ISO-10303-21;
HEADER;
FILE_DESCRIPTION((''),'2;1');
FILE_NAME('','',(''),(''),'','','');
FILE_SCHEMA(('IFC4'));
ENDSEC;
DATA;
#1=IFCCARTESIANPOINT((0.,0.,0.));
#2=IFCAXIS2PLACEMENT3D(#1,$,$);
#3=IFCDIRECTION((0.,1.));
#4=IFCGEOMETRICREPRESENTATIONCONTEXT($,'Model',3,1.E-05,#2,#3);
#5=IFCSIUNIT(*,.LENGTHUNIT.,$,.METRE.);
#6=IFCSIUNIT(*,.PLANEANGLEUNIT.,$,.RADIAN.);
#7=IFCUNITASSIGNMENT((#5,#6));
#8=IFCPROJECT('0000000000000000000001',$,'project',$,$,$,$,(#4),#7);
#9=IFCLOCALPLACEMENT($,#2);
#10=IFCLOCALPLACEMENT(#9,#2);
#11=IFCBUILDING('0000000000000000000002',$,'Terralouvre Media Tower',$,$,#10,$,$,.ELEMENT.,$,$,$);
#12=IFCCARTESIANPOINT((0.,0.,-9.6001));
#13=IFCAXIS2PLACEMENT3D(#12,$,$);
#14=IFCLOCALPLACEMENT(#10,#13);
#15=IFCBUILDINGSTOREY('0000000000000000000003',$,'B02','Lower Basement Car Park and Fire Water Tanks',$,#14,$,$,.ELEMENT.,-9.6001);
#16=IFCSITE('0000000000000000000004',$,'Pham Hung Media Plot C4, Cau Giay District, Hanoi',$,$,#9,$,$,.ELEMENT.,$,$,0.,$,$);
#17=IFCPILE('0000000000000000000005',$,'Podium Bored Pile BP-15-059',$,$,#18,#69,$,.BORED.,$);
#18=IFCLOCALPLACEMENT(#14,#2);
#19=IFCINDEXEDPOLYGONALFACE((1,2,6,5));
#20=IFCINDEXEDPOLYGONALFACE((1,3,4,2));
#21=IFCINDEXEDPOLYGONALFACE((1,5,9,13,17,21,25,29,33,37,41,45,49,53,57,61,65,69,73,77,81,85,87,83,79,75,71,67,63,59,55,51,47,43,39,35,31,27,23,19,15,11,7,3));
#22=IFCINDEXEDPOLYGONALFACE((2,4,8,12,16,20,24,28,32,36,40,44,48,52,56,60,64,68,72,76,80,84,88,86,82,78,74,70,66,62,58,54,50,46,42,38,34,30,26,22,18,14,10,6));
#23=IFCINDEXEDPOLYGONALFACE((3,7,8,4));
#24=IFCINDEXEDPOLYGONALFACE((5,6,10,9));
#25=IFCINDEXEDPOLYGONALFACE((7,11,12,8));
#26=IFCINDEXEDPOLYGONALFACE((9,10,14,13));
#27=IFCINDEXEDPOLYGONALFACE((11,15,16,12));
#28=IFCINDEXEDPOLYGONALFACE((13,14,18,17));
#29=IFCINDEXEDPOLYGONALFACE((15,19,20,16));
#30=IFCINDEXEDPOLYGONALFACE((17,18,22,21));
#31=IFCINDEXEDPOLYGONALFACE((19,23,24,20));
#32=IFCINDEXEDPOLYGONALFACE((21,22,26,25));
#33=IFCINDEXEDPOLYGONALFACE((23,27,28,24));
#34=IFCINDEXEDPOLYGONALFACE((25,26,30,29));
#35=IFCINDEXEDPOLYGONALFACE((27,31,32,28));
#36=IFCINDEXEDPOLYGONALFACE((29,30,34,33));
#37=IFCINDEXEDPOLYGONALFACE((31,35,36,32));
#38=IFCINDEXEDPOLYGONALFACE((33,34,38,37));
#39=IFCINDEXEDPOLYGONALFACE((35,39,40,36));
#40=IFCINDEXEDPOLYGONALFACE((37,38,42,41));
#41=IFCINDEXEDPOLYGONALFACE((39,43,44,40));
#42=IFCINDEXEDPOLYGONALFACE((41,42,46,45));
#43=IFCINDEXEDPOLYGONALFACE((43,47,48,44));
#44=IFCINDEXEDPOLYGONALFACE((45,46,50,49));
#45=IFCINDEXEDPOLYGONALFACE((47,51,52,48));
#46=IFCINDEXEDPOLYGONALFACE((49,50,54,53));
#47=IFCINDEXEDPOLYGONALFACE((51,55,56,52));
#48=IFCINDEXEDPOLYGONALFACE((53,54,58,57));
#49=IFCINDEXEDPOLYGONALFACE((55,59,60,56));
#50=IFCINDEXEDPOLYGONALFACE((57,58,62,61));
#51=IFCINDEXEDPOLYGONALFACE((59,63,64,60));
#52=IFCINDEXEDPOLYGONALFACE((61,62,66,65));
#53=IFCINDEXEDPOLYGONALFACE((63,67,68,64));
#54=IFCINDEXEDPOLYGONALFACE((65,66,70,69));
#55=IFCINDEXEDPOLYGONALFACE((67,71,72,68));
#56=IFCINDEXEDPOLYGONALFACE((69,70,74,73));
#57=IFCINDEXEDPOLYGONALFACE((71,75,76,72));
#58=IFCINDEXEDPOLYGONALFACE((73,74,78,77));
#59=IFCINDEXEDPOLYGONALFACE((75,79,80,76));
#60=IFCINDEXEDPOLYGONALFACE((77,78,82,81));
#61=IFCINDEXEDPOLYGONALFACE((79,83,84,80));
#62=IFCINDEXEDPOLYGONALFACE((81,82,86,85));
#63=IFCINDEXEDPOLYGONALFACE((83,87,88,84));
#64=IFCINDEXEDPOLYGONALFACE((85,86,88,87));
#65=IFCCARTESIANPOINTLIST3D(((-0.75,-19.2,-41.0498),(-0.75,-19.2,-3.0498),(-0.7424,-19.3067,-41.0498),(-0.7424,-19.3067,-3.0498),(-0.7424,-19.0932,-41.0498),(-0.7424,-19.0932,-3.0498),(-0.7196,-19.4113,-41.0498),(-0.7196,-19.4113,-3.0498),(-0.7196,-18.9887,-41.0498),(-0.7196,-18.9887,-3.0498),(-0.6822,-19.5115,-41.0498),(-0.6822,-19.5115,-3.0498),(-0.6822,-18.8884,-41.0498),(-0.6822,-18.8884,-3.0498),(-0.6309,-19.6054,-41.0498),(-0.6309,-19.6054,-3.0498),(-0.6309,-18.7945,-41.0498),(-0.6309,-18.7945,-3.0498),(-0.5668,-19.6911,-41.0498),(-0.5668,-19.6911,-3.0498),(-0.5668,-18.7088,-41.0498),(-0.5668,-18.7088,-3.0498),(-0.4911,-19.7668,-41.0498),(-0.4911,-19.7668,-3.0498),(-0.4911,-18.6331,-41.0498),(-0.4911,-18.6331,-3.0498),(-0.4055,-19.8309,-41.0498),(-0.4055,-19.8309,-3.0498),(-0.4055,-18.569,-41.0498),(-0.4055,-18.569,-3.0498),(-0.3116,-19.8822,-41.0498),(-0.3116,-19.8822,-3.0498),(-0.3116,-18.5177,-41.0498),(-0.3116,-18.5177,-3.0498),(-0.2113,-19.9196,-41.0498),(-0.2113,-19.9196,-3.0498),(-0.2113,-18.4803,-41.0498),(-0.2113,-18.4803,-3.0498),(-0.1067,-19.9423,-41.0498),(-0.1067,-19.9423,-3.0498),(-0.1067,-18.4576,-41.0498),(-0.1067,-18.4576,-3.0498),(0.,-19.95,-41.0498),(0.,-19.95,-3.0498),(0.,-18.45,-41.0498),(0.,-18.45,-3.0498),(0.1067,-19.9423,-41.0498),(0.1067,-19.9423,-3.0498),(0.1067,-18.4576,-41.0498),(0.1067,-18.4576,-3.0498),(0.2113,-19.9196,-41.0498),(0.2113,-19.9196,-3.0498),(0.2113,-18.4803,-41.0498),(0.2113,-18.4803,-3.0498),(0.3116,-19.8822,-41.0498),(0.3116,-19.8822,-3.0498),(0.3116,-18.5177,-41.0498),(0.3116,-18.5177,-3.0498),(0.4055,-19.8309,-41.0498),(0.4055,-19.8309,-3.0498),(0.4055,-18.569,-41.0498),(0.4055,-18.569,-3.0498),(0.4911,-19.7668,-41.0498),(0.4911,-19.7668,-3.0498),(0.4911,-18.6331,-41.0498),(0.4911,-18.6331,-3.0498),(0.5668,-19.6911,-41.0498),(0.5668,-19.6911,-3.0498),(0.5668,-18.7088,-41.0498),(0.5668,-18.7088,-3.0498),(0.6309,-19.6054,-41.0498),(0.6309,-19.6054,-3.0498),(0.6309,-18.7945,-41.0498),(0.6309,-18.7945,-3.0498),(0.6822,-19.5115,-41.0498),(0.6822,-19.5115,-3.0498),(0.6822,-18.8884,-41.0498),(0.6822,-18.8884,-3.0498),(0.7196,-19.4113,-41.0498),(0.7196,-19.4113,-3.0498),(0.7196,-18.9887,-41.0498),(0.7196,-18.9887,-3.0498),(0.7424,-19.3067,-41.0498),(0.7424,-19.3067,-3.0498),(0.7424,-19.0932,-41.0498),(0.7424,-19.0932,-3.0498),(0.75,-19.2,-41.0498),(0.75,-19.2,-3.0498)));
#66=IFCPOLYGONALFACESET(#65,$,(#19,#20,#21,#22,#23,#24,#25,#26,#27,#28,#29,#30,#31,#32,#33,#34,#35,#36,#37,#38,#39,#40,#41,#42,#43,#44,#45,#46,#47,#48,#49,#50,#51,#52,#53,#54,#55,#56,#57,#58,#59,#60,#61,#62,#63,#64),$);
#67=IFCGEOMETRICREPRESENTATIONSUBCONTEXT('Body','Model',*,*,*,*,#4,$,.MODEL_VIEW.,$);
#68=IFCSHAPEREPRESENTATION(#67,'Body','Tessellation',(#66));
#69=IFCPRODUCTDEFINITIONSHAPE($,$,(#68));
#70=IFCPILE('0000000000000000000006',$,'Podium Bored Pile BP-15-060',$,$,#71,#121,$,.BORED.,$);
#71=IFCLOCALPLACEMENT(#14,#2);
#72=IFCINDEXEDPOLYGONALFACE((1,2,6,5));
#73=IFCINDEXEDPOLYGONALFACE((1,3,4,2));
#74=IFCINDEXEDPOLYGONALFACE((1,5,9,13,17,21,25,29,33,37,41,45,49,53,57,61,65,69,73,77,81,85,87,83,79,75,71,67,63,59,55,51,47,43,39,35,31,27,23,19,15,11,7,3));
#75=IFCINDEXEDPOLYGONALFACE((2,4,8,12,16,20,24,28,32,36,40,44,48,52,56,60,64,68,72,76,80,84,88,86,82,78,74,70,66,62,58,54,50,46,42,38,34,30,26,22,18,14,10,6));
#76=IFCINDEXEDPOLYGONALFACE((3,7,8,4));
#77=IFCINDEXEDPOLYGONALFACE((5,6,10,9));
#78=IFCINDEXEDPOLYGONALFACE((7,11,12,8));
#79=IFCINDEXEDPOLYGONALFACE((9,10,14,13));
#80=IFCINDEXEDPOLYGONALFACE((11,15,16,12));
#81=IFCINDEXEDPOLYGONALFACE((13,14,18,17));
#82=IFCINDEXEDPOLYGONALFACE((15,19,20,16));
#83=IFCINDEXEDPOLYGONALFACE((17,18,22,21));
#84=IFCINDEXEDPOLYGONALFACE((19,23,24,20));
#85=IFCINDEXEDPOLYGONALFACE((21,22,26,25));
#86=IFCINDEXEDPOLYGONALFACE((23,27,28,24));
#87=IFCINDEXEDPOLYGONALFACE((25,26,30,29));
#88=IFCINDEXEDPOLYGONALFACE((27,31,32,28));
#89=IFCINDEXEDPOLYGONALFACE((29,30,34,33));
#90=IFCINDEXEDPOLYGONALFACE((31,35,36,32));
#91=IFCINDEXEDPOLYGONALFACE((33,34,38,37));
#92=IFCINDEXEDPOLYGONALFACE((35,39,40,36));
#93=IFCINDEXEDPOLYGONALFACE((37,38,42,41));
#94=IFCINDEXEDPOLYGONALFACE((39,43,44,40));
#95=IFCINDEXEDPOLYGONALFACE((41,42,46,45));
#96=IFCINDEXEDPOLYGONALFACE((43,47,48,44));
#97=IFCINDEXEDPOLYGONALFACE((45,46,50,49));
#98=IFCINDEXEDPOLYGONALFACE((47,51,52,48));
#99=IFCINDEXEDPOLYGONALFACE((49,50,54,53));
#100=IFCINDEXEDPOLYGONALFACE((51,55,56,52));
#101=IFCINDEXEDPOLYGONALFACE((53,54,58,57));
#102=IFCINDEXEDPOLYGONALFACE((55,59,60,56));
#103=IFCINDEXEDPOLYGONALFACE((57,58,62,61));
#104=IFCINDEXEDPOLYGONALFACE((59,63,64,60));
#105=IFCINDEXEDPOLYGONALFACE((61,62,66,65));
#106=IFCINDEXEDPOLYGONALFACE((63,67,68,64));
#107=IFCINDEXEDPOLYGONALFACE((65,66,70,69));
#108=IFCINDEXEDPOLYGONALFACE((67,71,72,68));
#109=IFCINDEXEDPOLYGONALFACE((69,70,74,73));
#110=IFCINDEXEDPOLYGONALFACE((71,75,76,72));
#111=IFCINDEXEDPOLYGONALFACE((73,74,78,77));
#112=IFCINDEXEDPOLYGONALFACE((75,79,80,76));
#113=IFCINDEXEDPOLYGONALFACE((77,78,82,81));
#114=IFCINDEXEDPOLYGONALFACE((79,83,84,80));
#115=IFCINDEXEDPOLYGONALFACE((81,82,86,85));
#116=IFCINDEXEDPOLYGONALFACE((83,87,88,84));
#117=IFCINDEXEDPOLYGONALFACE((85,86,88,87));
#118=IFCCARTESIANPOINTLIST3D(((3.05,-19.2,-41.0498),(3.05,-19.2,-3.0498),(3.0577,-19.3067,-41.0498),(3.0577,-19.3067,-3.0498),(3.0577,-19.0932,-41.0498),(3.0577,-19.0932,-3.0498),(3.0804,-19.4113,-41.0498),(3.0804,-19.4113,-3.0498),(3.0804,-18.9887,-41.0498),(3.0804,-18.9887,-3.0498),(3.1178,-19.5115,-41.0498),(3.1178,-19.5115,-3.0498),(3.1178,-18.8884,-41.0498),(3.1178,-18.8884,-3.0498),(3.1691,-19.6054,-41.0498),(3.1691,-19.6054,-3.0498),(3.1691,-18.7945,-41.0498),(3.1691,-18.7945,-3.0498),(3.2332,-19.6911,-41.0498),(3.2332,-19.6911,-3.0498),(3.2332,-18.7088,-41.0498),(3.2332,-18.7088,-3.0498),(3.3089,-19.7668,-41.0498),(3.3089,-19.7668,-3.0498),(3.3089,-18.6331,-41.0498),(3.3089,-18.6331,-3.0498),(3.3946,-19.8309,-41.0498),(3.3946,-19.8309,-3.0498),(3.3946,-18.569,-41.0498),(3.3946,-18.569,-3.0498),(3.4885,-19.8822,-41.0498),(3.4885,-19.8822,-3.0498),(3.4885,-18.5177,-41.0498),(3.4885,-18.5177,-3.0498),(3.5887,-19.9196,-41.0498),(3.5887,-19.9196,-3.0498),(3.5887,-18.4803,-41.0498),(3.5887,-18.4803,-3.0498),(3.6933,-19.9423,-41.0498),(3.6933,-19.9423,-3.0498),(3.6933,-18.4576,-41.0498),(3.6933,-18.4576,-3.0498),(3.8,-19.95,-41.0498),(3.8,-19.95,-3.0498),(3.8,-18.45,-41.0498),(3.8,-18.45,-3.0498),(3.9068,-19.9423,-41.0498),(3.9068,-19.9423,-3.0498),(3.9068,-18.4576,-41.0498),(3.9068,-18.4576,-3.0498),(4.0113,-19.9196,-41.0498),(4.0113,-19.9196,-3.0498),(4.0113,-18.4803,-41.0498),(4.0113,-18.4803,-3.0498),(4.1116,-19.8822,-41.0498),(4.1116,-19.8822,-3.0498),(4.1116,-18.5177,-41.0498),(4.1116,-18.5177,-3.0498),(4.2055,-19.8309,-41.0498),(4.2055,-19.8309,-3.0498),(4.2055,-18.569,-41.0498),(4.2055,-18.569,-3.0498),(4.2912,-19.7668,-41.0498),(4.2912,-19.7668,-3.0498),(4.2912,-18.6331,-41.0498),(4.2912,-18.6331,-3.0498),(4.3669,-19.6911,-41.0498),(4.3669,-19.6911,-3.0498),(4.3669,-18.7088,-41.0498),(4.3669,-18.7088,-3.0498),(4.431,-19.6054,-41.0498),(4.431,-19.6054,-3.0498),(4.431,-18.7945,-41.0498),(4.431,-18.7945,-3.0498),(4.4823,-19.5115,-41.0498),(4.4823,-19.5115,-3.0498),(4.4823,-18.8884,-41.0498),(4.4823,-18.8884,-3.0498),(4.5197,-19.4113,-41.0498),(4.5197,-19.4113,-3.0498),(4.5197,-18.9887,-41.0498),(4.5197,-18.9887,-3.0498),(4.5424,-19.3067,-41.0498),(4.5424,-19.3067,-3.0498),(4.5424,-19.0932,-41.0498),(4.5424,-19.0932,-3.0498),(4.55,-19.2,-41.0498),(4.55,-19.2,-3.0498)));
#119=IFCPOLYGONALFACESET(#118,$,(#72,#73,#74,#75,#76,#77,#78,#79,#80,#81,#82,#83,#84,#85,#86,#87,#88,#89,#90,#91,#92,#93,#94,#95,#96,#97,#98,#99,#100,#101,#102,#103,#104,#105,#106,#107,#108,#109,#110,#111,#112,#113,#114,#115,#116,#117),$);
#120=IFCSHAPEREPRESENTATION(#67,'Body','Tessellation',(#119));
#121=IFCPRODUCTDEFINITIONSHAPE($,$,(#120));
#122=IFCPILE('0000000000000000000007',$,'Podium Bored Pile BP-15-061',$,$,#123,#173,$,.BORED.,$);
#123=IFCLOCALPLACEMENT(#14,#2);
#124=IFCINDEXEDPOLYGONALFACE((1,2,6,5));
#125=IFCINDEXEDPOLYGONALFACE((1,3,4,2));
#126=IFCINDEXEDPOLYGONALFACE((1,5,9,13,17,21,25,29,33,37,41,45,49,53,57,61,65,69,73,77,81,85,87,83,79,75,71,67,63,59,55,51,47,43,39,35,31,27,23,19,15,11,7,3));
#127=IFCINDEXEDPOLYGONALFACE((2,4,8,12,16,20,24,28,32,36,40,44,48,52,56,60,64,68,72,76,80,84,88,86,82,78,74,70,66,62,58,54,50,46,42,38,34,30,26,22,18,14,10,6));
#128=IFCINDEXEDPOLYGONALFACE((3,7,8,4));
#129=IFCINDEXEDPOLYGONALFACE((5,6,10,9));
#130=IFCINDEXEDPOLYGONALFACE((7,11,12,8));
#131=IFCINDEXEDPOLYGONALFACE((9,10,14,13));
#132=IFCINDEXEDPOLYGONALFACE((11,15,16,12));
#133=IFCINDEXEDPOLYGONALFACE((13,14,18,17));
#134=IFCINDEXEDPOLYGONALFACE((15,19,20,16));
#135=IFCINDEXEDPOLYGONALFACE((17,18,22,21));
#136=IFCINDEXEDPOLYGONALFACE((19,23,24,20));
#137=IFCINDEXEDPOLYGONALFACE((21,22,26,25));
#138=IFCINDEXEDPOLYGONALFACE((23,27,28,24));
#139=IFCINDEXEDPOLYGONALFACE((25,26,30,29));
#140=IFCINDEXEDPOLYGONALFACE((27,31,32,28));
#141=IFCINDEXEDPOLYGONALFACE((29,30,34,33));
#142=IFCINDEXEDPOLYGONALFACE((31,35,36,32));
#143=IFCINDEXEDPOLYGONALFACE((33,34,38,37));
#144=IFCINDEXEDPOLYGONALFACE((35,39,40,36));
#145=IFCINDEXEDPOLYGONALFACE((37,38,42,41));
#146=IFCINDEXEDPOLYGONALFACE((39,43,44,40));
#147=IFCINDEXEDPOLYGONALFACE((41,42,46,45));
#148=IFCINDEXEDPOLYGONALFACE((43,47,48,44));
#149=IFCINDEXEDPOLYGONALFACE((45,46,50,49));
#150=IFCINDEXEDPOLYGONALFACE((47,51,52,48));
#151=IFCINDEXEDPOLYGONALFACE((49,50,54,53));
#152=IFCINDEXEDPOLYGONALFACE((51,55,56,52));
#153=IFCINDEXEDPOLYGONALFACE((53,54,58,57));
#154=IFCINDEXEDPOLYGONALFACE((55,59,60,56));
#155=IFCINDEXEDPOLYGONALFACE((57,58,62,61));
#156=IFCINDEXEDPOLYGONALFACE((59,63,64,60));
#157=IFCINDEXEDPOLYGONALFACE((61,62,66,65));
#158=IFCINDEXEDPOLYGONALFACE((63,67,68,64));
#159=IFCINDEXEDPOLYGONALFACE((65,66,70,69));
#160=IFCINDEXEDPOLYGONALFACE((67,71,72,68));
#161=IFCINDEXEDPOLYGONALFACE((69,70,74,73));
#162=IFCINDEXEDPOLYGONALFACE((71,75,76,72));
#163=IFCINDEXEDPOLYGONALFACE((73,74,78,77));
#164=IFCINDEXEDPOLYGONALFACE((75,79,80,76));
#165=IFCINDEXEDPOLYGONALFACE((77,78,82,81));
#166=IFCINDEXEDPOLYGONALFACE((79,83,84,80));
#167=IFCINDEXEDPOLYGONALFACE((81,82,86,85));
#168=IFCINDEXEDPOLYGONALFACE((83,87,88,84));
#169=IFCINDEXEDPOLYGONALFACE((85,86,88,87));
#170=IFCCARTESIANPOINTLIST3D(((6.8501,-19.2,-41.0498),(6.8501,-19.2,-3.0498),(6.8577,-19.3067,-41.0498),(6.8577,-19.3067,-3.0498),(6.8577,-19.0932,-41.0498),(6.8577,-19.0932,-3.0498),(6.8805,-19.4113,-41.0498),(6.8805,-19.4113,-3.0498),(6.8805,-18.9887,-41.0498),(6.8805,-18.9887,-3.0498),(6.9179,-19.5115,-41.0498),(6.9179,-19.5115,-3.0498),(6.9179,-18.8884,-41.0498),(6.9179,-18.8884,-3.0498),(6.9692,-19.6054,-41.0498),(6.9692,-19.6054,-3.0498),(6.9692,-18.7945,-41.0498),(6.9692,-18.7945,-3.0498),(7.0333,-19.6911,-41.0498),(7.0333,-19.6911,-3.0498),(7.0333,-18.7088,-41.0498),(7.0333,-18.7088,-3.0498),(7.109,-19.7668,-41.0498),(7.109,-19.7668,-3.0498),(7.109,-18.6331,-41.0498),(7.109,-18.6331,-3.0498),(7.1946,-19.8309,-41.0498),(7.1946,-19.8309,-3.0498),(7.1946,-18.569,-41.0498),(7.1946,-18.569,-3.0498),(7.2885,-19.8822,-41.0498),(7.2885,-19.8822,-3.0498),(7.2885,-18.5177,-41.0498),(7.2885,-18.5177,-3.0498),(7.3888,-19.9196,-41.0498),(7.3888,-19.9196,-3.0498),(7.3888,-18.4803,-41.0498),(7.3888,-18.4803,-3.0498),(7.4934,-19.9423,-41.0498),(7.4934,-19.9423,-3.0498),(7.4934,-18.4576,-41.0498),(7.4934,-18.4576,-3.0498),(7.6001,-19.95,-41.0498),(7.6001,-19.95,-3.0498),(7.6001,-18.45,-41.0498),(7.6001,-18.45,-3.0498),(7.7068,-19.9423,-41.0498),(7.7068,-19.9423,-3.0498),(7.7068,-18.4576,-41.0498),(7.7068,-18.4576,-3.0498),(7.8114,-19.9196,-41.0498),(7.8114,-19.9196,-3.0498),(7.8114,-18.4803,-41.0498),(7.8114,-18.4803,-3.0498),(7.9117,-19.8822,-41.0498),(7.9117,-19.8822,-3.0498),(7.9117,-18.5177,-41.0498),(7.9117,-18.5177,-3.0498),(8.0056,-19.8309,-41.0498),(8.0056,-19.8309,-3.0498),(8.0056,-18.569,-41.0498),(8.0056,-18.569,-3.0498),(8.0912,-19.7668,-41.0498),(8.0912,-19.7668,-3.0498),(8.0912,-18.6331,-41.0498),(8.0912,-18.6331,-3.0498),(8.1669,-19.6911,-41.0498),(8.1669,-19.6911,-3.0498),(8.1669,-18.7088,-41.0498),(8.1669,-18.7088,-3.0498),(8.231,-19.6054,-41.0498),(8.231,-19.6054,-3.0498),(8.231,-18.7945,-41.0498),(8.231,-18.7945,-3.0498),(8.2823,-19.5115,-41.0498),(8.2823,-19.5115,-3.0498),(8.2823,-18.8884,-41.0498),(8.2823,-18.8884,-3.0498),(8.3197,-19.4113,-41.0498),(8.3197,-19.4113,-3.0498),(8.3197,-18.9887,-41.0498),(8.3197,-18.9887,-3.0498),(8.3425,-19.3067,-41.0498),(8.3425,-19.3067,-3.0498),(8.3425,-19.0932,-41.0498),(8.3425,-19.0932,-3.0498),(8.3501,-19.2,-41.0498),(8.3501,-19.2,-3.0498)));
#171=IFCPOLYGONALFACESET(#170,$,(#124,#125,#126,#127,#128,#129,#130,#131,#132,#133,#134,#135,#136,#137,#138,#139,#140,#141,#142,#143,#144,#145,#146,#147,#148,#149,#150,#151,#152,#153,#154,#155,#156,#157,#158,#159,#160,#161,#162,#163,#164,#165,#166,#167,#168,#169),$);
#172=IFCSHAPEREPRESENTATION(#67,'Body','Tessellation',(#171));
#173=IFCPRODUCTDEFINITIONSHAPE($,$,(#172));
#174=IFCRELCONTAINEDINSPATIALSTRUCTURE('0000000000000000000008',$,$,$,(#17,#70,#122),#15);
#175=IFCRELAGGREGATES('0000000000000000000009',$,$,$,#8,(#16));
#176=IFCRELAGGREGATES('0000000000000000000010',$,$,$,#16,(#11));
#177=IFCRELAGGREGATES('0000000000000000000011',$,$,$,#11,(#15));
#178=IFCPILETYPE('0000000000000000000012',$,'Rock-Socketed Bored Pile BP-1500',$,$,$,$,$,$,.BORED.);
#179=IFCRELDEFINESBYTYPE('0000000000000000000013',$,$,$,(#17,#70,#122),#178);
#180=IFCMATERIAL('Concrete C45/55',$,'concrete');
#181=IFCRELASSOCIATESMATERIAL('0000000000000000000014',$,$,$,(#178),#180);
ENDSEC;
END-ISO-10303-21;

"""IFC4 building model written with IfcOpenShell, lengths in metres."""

from ifc_helpers import new_model, si_unit, direction, frame, origin, origin_2d, place, context, subcontext, project, spatial, circle, extrude, material, material_profile, profile_set, type_object, element, save


model = new_model("IFC4")

# Units and contexts
model_context = context("Model", 3, precision=1e-05, world=origin(), true_north=direction((0.0, 1.0)))
body_context = subcontext(model_context, "Body", "Model", "MODEL_VIEW")
ifc_project = project(units=[si_unit("LENGTHUNIT", "METRE"), si_unit("PLANEANGLEUNIT", "RADIAN")], contexts=[model_context])

# Site, building, storey
site_placement = place(None, origin())
site = spatial("IfcSite", under=ifc_project, at=site_placement, Name="Pham Hung Media Plot C4, Cau Giay District, Hanoi", CompositionType="ELEMENT", RefElevation=0.0)
building_placement = place(site_placement, origin())
building = spatial("IfcBuilding", under=site, at=building_placement, Name="Terralouvre Media Tower", CompositionType="ELEMENT")
storey_placement = place(building_placement, frame((0.0, 0.0, -9.6001)))
storey = spatial("IfcBuildingStorey", under=building, at=storey_placement, Name="B02", Description="Lower Basement Car Park and Fire Water Tanks", CompositionType="ELEMENT", Elevation=-9.6001)

# Piles
ifc_material_1 = material(Name="Concrete C45/55", Category="concrete")
ifc_material_profile_1 = material_profile(ifc_material_1, circle(Radius=0.75, at=origin_2d()), Name="BORED PILE 1500")
ifc_profile_set_1 = profile_set([ifc_material_profile_1], Name="Concrete C45/55")
pile_type_1 = type_object("IfcPileType", Name="Rock-Socketed Bored Pile BP-1500", PredefinedType="BORED", material=ifc_profile_set_1)
for number, where, z_axis, x_axis, name in (
    (1, (0.0, -19.2, -3.0498), (0.0, 0.0, -1.0), (1.0, 0.0, 0.0), "Podium Bored Pile BP-15-059"),
    (2, (3.8, -19.2, -3.0498), (0.0, 0.0, -1.0), (1.0, 0.0, 0.0), "Podium Bored Pile BP-15-060"),
    (3, (7.6001, -19.2, -3.0498), (0.0, 0.0, -1.0), (1.0, 0.0, 0.0), "Podium Bored Pile BP-15-061"),
):
    element("IfcPile", number, at=place(storey_placement, frame(where, z_axis=z_axis, x_axis=x_axis)), inside=storey, type_object=pile_type_1, Name=name, PredefinedType="BORED", context=body_context, shape_type="SweptSolid", body=[
        extrude(circle(Radius=0.75, at=origin_2d()), origin(), (0.0, 0.0, 1.0), 38.0),
    ])

save(model, "model.ifc")
